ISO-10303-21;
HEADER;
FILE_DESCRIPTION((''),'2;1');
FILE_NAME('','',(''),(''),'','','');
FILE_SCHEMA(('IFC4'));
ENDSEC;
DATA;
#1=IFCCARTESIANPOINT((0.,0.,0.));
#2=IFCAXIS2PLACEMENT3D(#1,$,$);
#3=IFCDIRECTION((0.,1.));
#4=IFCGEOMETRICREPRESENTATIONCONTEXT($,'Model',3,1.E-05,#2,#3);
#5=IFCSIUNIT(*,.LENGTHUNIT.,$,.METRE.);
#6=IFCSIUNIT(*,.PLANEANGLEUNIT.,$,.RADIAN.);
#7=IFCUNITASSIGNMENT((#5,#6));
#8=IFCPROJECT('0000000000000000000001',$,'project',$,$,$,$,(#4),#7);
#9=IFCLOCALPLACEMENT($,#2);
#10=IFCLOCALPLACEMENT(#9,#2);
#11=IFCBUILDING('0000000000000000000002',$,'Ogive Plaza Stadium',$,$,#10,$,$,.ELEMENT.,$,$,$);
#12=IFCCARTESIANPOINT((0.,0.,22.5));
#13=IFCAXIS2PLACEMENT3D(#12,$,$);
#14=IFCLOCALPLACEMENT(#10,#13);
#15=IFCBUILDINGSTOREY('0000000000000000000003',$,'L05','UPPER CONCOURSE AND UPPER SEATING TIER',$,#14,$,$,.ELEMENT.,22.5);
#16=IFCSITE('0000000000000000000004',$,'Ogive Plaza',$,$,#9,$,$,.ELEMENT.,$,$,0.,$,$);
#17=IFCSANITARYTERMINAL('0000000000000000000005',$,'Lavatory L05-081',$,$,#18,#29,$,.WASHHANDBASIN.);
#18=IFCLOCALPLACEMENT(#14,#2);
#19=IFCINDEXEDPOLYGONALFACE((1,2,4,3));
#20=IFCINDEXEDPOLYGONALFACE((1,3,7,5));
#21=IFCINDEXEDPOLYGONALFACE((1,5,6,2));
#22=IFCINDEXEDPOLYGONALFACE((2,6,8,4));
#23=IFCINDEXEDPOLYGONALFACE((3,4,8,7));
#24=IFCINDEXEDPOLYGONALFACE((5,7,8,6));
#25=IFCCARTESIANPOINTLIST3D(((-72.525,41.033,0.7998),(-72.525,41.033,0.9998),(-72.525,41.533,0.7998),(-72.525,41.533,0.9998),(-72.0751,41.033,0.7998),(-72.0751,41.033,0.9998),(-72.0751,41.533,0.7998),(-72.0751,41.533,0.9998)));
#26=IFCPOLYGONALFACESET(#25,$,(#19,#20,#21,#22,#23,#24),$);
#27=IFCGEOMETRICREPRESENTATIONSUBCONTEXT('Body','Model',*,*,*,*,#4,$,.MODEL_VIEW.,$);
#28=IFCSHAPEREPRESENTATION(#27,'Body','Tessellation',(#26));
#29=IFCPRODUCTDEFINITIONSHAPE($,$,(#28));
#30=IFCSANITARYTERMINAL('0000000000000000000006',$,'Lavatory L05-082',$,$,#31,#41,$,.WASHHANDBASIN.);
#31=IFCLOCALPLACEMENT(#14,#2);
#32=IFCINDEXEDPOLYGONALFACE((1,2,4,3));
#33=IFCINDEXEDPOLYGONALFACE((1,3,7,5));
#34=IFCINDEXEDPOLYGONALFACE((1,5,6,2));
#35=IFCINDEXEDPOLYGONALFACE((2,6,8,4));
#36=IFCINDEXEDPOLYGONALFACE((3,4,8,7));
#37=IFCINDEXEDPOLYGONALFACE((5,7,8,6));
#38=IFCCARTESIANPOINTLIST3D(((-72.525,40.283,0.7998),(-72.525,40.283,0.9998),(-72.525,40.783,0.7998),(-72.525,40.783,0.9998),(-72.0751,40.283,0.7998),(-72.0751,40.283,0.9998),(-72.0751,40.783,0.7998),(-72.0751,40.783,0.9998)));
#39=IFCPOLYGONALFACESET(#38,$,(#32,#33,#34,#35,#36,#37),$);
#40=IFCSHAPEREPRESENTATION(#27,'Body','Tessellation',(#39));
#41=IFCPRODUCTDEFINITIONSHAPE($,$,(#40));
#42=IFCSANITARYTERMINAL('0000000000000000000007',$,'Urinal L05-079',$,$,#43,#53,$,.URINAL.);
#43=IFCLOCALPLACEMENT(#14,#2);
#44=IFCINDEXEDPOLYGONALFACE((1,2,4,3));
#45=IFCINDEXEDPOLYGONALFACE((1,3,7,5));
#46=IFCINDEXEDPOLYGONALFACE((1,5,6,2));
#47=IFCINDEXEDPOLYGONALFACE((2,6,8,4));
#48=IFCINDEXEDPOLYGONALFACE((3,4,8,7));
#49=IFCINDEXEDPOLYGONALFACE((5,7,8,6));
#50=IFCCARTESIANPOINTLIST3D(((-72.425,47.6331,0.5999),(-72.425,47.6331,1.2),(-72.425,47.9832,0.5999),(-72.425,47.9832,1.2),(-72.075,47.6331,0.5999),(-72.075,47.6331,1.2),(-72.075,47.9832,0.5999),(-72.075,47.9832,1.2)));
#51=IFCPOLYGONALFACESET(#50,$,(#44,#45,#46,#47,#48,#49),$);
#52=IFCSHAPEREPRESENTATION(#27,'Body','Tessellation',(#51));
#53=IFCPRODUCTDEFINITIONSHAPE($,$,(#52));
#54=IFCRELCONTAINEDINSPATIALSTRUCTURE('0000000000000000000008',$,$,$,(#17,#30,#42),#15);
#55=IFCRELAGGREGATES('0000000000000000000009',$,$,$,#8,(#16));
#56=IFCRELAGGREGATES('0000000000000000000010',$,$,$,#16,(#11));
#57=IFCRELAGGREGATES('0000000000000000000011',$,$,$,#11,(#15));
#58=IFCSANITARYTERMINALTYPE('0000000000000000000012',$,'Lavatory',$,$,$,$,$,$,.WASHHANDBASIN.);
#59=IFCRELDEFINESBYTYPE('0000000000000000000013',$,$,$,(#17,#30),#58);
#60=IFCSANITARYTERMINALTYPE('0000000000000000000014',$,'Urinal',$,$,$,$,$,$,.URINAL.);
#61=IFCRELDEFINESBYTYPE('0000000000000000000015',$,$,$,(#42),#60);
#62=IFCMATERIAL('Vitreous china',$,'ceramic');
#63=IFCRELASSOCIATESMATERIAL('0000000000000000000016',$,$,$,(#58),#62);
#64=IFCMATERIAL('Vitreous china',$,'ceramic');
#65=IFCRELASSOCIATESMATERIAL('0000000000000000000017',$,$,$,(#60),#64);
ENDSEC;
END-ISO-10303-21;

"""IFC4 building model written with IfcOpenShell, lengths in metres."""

from ifc_helpers import new_model, si_unit, direction, frame, origin, origin_2d, place, context, subcontext, project, spatial, rectangle, extrude, material, type_object, element, save


model = new_model("IFC4")

# Units and contexts
model_context = context("Model", 3, precision=1e-05, world=origin(), true_north=direction((0.0, 1.0)))
body_context = subcontext(model_context, "Body", "Model", "MODEL_VIEW")
ifc_project = project(units=[si_unit("LENGTHUNIT", "METRE"), si_unit("PLANEANGLEUNIT", "RADIAN")], contexts=[model_context])

# Site, building, storey
site_placement = place(None, origin())
site = spatial("IfcSite", under=ifc_project, at=site_placement, Name="Ogive Plaza", CompositionType="ELEMENT", RefElevation=0.0)
building_placement = place(site_placement, origin())
building = spatial("IfcBuilding", under=site, at=building_placement, Name="Ogive Plaza Stadium", CompositionType="ELEMENT")
storey_placement = place(building_placement, frame((0.0, 0.0, 22.5)))
storey = spatial("IfcBuildingStorey", under=building, at=storey_placement, Name="L05", Description="UPPER CONCOURSE AND UPPER SEATING TIER", CompositionType="ELEMENT", Elevation=22.5)

# Sanitary terminals
ifc_material_1 = material(Name="Vitreous china", Category="ceramic")
sanitary_terminal_type_1 = type_object("IfcSanitaryTerminalType", Name="Lavatory", PredefinedType="WASHHANDBASIN", material=ifc_material_1)
for number, where, z_axis, x_axis, name in (
    (1, (-72.3, 41.283, 0.7998), (0.0, 0.0, 1.0), (0.0, 1.0, 0.0), "Lavatory L05-081"),
    (2, (-72.3, 40.533, 0.7998), (0.0, 0.0, 1.0), (0.0, -1.0, 0.0), "Lavatory L05-082"),
):
    element("IfcSanitaryTerminal", number, at=place(storey_placement, frame(where, z_axis=z_axis, x_axis=x_axis)), inside=storey, type_object=sanitary_terminal_type_1, Name=name, PredefinedType="WASHHANDBASIN", context=body_context, shape_type="SweptSolid", body=[
        extrude(rectangle(XDim=0.5, YDim=0.45, at=origin_2d()), origin(), (0.0, 0.0, 1.0), 0.2),
    ])
ifc_material_2 = material(Name="Vitreous china", Category="ceramic")
sanitary_terminal_type_2 = type_object("IfcSanitaryTerminalType", Name="Urinal", PredefinedType="URINAL", material=ifc_material_2)
sanitary_terminal_1_placement = place(storey_placement, frame((-72.25, 47.8081, 0.5999), z_axis=(0.0, 0.0, 1.0), x_axis=(0.0, 1.0, 0.0)))
element("IfcSanitaryTerminal", 3, at=sanitary_terminal_1_placement, inside=storey, type_object=sanitary_terminal_type_2, Name="Urinal L05-079", PredefinedType="URINAL", context=body_context, shape_type="SweptSolid", body=[
    extrude(rectangle(XDim=0.3501, YDim=0.3501, at=origin_2d()), origin(), (0.0, 0.0, 1.0), 0.6001),
])

save(model, "model.ifc")
